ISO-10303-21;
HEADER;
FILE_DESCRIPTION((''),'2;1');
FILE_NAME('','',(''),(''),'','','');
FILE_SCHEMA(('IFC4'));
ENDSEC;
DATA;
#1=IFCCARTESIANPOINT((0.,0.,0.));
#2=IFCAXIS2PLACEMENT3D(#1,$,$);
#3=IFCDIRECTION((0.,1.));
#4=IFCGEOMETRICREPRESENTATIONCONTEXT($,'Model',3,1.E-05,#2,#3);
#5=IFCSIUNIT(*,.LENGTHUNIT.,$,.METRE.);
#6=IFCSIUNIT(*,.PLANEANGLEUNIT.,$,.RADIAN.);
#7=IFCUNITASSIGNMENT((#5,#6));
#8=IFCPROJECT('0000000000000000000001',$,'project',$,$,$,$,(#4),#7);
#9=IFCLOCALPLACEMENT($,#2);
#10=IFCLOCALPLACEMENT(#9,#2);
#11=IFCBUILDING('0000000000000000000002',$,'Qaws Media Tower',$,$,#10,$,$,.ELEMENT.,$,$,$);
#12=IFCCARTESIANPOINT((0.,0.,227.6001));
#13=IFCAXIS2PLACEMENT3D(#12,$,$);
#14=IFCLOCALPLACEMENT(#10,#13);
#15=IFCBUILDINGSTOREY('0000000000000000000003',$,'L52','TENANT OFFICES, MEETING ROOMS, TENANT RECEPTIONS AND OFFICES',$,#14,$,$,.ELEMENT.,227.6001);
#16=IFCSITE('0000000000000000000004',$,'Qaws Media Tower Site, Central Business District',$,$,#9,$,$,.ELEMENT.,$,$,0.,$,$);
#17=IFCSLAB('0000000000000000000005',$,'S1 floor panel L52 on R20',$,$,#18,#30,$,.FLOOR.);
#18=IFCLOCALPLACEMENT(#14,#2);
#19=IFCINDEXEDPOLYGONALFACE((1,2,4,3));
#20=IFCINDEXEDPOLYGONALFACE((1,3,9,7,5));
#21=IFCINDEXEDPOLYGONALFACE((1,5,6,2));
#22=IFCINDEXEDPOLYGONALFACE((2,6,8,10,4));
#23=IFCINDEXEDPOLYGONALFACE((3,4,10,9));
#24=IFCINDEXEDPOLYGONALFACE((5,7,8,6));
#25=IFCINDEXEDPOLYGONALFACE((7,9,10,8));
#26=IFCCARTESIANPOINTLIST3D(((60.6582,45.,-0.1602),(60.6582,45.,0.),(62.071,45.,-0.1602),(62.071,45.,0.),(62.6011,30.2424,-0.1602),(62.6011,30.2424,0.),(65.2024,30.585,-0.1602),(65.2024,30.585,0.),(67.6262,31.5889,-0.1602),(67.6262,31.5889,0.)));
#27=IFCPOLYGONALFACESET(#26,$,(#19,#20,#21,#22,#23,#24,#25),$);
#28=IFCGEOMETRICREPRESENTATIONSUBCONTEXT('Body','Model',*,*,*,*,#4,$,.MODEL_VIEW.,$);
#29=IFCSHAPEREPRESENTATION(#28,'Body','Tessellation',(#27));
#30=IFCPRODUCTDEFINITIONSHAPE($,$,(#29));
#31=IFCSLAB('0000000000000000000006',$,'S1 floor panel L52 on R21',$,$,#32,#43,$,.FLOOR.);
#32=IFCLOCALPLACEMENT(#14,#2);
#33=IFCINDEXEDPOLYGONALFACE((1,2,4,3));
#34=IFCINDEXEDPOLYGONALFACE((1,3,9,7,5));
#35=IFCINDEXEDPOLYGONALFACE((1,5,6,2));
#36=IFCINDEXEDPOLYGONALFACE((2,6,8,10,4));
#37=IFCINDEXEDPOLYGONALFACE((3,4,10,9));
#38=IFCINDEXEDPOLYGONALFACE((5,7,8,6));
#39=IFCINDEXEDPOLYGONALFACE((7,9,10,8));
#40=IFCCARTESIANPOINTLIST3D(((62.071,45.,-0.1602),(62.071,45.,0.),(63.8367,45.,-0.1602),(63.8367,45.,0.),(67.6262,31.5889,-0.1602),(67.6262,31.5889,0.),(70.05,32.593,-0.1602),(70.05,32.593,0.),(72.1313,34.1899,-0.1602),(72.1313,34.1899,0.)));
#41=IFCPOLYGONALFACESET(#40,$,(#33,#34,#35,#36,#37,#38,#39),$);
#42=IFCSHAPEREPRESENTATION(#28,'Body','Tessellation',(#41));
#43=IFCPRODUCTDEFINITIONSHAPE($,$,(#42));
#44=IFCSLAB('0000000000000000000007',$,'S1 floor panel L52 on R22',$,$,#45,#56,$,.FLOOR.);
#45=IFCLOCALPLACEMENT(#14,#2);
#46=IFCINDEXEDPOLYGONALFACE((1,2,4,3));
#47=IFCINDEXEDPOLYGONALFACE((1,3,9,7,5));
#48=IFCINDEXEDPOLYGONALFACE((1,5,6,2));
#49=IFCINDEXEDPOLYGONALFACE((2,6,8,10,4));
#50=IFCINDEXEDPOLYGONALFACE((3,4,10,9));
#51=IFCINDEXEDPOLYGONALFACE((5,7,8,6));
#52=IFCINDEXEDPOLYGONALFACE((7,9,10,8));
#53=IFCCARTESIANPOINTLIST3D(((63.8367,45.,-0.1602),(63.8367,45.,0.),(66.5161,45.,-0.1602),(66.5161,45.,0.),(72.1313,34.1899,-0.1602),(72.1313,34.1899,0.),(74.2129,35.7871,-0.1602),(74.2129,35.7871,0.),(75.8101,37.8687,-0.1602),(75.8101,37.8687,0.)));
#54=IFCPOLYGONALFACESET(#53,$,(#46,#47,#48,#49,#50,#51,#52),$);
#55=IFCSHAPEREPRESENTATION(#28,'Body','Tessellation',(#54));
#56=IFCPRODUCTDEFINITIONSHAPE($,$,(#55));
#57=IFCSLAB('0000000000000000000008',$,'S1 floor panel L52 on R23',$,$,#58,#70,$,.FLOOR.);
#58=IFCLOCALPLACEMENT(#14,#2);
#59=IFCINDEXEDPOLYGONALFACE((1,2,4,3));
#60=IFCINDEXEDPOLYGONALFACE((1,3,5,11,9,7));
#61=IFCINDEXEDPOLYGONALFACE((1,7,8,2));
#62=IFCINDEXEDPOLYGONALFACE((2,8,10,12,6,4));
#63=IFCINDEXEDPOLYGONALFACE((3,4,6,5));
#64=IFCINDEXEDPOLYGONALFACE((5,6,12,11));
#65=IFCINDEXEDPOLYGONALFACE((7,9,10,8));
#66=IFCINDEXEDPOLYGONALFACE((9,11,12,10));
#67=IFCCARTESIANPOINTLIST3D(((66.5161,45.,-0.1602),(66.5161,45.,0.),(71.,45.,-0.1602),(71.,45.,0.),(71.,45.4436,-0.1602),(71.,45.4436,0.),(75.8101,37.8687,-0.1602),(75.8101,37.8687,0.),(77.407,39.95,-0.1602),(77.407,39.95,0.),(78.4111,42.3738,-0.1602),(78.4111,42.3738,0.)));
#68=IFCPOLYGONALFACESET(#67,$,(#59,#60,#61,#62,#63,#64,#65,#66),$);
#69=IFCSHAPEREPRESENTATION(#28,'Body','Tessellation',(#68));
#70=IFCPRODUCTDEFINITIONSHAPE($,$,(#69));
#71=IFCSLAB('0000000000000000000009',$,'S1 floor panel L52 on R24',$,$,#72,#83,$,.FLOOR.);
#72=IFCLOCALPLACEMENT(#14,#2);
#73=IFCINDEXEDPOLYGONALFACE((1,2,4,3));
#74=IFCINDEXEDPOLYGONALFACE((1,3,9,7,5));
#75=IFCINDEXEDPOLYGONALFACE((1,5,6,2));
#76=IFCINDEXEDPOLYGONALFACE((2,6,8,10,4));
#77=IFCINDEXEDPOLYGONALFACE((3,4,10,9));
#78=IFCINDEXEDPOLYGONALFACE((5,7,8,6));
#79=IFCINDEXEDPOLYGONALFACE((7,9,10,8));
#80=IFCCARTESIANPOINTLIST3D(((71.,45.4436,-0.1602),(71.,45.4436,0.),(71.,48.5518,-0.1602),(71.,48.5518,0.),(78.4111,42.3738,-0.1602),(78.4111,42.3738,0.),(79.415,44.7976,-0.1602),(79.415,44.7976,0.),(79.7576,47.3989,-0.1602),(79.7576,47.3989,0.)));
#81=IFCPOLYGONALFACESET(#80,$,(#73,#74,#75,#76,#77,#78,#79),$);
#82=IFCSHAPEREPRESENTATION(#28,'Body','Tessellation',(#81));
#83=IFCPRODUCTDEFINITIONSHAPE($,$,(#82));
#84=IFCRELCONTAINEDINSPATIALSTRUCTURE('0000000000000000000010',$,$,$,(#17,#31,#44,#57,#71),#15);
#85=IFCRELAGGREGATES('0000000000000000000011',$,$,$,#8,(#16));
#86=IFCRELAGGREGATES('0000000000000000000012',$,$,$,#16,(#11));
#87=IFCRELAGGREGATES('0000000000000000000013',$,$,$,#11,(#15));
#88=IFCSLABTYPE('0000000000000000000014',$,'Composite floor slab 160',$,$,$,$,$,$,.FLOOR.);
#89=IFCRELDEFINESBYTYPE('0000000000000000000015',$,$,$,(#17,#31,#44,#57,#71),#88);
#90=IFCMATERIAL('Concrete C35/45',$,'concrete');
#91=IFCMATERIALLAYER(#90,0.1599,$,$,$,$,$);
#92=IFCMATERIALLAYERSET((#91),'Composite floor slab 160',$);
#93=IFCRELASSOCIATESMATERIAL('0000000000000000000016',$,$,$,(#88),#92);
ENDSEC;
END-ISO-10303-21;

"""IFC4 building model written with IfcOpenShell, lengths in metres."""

from ifc_helpers import new_model, si_unit, direction, frame, origin, place, context, subcontext, project, spatial, polyline, outline, extrude, material, layer, layer_set, type_object, element, save


model = new_model("IFC4")

# Units and contexts
model_context = context("Model", 3, precision=1e-05, world=origin(), true_north=direction((0.0, 1.0)))
body_context = subcontext(model_context, "Body", "Model", "MODEL_VIEW")
ifc_project = project(units=[si_unit("LENGTHUNIT", "METRE"), si_unit("PLANEANGLEUNIT", "RADIAN")], contexts=[model_context])

# Site, building, storey
site_placement = place(None, origin())
site = spatial("IfcSite", under=ifc_project, at=site_placement, Name="Qaws Media Tower Site, Central Business District", CompositionType="ELEMENT", RefElevation=0.0)
building_placement = place(site_placement, origin())
building = spatial("IfcBuilding", under=site, at=building_placement, Name="Qaws Media Tower", CompositionType="ELEMENT")
storey_placement = place(building_placement, frame((0.0, 0.0, 227.6001)))
storey = spatial("IfcBuildingStorey", under=building, at=storey_placement, Name="L52", Description="TENANT OFFICES, MEETING ROOMS, TENANT RECEPTIONS AND OFFICES", CompositionType="ELEMENT", Elevation=227.6001)

# Slabs
ifc_material_1 = material(Name="Concrete C35/45", Category="concrete")
ifc_layer_1 = layer(ifc_material_1, 0.1599)
ifc_layer_set_1 = layer_set([ifc_layer_1], Name="Composite floor slab 160")
slab_type_1 = type_object("IfcSlabType", Name="Composite floor slab 160", PredefinedType="FLOOR", material=ifc_layer_set_1)
slab_1_placement = place(storey_placement, frame((0.0, 0.0, -0.1602)))
element("IfcSlab", 1, at=slab_1_placement, inside=storey, type_object=slab_type_1, Name="S1 floor panel L52 on R20", PredefinedType="FLOOR", context=body_context, shape_type="SweptSolid", body=[
    extrude(outline(polyline([(65.2024, 30.585), (62.6011, 30.2424), (60.6582, 45.0), (62.071, 45.0), (67.6262, 31.5889), (65.2024, 30.585)])), origin(), (0.0, 0.0, 1.0), 0.1602),
])
slab_2_placement = place(storey_placement, frame((0.0, 0.0, -0.1602)))
element("IfcSlab", 2, at=slab_2_placement, inside=storey, type_object=slab_type_1, Name="S1 floor panel L52 on R21", PredefinedType="FLOOR", context=body_context, shape_type="SweptSolid", body=[
    extrude(outline(polyline([(70.05, 32.593), (67.6262, 31.5889), (62.071, 45.0), (63.8367, 45.0), (72.1313, 34.1899), (70.05, 32.593)])), origin(), (0.0, 0.0, 1.0), 0.1602),
])
slab_3_placement = place(storey_placement, frame((0.0, 0.0, -0.1602)))
element("IfcSlab", 3, at=slab_3_placement, inside=storey, type_object=slab_type_1, Name="S1 floor panel L52 on R22", PredefinedType="FLOOR", context=body_context, shape_type="SweptSolid", body=[
    extrude(outline(polyline([(74.2129, 35.7871), (72.1313, 34.1899), (63.8367, 45.0), (66.5161, 45.0), (75.8101, 37.8687), (74.2129, 35.7871)])), origin(), (0.0, 0.0, 1.0), 0.1602),
])
slab_4_placement = place(storey_placement, frame((0.0, 0.0, -0.1602)))
element("IfcSlab", 4, at=slab_4_placement, inside=storey, type_object=slab_type_1, Name="S1 floor panel L52 on R23", PredefinedType="FLOOR", context=body_context, shape_type="SweptSolid", body=[
    extrude(outline(polyline([(77.407, 39.95), (75.8101, 37.8687), (66.5161, 45.0), (71.0, 45.0), (71.0, 45.4436), (78.4111, 42.3738), (77.407, 39.95)])), origin(), (0.0, 0.0, 1.0), 0.1602),
])
slab_5_placement = place(storey_placement, frame((0.0, 0.0, -0.1602)))
element("IfcSlab", 5, at=slab_5_placement, inside=storey, type_object=slab_type_1, Name="S1 floor panel L52 on R24", PredefinedType="FLOOR", context=body_context, shape_type="SweptSolid", body=[
    extrude(outline(polyline([(78.4111, 42.3738), (71.0, 45.4436), (71.0, 48.5518), (79.7576, 47.3989), (79.415, 44.7976), (78.4111, 42.3738)])), origin(), (0.0, 0.0, 1.0), 0.1602),
])

save(model, "model.ifc")
